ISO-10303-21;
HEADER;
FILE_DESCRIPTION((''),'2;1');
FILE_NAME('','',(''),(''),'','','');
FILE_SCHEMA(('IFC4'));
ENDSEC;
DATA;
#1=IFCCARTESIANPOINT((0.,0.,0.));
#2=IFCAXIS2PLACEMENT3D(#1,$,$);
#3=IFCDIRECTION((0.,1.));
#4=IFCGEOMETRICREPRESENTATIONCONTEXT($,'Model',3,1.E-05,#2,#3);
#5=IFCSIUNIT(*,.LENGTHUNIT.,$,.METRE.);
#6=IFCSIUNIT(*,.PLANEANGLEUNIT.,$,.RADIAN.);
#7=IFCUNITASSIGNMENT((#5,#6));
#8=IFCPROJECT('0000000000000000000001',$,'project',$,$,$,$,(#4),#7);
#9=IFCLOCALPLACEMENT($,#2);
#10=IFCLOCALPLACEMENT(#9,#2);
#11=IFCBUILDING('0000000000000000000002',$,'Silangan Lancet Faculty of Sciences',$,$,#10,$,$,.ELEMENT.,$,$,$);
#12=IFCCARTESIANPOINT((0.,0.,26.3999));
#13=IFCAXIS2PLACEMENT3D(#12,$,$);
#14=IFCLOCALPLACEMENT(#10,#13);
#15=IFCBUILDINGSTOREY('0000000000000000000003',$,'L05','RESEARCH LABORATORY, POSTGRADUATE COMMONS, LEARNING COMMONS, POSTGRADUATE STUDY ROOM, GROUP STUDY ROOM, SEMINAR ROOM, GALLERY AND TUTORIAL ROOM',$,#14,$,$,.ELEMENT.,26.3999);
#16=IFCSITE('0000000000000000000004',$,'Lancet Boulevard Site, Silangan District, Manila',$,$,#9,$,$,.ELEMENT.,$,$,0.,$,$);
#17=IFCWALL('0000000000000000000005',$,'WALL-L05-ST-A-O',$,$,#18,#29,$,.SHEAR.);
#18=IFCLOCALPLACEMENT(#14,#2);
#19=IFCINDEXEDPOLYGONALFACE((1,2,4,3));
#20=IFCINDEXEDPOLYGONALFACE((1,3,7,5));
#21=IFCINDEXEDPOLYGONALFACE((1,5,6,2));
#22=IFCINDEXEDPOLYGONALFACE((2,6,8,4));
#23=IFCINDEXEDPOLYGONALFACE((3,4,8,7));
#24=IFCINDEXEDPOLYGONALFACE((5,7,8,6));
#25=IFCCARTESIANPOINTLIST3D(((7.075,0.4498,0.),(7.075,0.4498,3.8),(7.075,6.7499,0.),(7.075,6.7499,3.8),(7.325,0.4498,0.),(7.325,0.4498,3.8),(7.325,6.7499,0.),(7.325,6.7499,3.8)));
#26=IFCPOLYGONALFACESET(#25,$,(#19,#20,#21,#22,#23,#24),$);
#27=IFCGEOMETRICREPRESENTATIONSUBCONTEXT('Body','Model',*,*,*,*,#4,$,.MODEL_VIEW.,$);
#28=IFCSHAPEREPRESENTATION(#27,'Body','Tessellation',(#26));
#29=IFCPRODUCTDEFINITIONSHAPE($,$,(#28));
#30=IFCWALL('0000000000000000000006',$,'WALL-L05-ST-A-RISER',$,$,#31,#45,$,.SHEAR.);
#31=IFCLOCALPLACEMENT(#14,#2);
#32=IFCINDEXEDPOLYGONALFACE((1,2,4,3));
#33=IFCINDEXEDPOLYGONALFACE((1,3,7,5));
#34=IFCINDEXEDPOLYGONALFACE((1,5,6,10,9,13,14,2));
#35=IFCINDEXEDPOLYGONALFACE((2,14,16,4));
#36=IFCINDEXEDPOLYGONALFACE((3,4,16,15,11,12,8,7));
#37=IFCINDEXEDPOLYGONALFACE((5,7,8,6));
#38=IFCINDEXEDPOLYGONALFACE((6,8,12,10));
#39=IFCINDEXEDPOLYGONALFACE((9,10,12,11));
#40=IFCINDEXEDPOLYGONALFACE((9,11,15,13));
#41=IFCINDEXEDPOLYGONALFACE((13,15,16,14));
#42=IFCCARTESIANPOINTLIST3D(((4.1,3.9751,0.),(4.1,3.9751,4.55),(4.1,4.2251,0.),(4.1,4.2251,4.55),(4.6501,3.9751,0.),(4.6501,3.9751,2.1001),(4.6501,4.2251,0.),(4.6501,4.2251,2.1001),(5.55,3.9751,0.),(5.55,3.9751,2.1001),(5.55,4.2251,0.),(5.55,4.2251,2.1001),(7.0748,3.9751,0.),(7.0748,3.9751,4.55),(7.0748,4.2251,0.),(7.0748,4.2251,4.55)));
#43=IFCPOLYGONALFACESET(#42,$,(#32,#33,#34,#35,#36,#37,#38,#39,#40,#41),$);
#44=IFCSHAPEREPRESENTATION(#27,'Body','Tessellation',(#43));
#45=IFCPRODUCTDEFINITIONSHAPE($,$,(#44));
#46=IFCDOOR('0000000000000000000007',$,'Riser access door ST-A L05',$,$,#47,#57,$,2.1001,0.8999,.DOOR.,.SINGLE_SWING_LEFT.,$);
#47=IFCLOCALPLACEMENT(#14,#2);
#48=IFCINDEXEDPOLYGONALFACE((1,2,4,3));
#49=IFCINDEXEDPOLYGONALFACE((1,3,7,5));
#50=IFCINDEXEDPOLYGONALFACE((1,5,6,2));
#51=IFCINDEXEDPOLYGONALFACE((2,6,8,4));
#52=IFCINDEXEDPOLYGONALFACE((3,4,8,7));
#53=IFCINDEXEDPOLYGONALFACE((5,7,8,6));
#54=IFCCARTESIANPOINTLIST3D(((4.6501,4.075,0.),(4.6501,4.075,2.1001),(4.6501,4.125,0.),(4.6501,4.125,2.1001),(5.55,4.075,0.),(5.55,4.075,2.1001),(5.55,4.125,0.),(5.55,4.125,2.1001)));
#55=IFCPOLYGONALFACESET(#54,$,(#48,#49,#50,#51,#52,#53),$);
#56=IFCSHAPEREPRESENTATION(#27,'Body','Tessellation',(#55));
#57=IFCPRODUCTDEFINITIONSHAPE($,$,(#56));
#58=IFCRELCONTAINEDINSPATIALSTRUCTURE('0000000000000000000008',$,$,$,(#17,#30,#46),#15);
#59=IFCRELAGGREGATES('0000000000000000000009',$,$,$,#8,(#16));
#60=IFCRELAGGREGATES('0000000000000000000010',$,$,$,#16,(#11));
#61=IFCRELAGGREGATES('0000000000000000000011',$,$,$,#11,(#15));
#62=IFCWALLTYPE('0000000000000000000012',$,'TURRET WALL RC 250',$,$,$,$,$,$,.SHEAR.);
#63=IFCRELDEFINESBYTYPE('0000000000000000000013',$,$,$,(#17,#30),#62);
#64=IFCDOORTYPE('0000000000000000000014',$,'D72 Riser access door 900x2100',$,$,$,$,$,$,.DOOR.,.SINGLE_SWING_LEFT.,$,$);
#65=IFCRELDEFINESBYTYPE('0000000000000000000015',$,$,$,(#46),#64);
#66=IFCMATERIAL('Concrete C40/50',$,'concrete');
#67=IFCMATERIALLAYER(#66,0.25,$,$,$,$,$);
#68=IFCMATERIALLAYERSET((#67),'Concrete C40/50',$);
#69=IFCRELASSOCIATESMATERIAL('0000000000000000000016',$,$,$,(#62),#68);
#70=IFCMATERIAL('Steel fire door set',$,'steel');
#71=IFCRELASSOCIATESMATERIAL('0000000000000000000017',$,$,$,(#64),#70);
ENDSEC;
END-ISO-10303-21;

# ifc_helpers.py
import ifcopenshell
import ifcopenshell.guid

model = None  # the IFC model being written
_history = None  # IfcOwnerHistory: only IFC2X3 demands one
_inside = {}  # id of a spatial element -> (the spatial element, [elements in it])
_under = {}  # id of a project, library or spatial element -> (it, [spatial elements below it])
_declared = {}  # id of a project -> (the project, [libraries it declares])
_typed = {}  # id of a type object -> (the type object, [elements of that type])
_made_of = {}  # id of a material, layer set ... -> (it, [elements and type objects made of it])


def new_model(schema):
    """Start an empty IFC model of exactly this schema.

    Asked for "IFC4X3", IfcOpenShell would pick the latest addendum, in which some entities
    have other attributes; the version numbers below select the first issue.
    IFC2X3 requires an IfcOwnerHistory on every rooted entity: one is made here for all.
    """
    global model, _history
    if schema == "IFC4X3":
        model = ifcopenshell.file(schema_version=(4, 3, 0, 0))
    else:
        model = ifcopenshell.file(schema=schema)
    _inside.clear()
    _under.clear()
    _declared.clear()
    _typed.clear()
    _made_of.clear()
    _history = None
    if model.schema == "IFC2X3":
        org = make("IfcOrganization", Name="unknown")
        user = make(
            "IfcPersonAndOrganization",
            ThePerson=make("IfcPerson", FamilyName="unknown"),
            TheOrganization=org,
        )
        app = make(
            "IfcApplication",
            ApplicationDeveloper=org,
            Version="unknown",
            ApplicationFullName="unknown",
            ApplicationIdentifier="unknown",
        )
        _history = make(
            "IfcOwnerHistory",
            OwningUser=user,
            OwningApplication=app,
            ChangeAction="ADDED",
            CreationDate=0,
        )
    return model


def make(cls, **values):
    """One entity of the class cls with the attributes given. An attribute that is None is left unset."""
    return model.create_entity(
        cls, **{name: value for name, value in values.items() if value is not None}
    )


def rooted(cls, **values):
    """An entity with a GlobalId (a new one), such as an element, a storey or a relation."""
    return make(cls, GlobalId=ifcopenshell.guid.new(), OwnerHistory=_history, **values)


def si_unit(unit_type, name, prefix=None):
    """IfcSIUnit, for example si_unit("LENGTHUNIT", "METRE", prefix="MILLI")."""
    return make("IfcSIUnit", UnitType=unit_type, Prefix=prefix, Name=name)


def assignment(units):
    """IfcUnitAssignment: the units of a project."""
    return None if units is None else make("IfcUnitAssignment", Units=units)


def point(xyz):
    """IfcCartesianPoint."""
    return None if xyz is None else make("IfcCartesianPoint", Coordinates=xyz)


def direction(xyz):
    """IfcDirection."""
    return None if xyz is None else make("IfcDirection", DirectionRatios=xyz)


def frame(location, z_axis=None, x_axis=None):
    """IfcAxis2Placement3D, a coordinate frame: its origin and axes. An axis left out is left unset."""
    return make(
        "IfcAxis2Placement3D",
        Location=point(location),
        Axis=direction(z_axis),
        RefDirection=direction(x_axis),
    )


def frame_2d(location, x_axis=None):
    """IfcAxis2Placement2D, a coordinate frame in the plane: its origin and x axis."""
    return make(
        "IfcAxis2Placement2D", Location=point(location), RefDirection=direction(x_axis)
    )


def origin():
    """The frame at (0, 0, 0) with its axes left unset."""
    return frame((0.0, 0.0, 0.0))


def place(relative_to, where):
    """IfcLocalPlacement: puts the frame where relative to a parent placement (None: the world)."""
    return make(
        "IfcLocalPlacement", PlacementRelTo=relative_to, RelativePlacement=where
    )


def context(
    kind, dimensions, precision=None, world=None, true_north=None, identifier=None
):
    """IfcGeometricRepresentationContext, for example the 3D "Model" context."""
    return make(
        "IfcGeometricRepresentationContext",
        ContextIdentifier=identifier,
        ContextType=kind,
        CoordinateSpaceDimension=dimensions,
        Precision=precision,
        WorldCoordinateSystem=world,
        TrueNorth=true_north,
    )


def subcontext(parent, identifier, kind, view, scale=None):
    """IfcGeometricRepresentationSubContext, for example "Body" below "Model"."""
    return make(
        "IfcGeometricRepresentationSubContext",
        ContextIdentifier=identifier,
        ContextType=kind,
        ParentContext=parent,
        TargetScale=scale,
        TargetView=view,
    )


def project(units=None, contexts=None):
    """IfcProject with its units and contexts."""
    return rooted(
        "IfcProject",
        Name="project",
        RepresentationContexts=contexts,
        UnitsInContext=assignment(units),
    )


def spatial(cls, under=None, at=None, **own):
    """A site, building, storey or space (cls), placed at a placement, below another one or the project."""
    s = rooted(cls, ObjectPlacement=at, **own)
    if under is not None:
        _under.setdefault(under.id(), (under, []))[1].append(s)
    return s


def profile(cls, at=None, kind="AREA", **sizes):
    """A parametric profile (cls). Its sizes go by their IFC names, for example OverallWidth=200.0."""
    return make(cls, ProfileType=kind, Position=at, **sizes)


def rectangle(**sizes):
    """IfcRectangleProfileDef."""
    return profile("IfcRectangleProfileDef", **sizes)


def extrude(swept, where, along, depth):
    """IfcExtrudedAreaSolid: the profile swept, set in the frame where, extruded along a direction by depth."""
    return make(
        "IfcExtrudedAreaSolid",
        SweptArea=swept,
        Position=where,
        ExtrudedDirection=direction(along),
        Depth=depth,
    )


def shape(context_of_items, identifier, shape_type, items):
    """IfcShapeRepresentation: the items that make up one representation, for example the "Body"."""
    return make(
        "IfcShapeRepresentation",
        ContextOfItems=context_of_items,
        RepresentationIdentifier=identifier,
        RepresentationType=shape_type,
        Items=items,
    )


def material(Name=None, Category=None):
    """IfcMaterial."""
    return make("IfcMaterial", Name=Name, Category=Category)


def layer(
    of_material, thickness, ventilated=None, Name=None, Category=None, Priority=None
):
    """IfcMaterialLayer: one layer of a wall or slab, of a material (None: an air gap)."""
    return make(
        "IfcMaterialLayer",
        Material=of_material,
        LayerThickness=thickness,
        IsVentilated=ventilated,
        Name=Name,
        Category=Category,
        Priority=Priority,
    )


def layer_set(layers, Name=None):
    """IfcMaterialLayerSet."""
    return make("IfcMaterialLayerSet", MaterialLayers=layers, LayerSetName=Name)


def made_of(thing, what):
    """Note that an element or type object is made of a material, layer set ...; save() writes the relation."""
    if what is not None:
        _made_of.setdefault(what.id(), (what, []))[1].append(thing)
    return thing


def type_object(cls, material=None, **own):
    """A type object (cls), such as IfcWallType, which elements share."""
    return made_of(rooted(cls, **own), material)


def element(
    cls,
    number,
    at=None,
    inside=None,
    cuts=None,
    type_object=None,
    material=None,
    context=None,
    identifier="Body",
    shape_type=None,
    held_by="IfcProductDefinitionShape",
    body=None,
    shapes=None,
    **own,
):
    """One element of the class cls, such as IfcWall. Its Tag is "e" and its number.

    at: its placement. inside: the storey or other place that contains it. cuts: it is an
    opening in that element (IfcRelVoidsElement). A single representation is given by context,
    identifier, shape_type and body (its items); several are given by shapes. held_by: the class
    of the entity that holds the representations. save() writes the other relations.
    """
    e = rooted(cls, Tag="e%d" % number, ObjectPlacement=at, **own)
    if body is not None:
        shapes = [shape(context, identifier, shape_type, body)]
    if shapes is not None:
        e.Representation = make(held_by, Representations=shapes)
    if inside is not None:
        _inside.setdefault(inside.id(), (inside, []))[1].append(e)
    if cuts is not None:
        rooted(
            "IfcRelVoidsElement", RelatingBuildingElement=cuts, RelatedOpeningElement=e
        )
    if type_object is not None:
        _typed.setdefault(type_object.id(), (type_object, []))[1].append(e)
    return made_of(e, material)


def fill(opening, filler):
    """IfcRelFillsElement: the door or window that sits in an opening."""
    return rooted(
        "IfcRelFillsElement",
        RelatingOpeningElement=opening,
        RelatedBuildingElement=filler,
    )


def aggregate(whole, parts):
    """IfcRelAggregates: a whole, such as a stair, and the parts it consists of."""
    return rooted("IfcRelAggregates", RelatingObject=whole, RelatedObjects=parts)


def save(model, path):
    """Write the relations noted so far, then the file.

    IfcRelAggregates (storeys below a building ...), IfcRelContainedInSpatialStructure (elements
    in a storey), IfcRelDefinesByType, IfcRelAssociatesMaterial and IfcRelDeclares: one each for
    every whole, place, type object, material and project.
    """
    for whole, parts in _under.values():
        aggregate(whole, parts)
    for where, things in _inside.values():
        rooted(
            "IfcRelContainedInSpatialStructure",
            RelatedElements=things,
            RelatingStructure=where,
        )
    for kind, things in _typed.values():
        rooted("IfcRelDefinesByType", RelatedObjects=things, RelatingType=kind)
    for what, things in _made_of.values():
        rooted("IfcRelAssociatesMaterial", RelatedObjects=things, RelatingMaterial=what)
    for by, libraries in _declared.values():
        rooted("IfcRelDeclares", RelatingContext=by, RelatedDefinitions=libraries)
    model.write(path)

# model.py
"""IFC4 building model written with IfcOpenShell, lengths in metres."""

from ifc_helpers import new_model, si_unit, direction, frame, frame_2d, origin, place, context, subcontext, project, spatial, rectangle, extrude, material, layer, layer_set, type_object, element, fill, save


model = new_model("IFC4")

# Units and contexts
model_context = context("Model", 3, precision=1e-05, world=origin(), true_north=direction((0.0, 1.0)))
body_context = subcontext(model_context, "Body", "Model", "MODEL_VIEW")
ifc_project = project(units=[si_unit("LENGTHUNIT", "METRE"), si_unit("PLANEANGLEUNIT", "RADIAN")], contexts=[model_context])

# Site, building, storey
site_placement = place(None, origin())
site = spatial("IfcSite", under=ifc_project, at=site_placement, Name="Lancet Boulevard Site, Silangan District, Manila", CompositionType="ELEMENT", RefElevation=0.0)
building_placement = place(site_placement, origin())
building = spatial("IfcBuilding", under=site, at=building_placement, Name="Silangan Lancet Faculty of Sciences", CompositionType="ELEMENT")
storey_placement = place(building_placement, frame((0.0, 0.0, 26.3999)))
storey = spatial("IfcBuildingStorey", under=building, at=storey_placement, Name="L05", Description="RESEARCH LABORATORY, POSTGRADUATE COMMONS, LEARNING COMMONS, POSTGRADUATE STUDY ROOM, GROUP STUDY ROOM, SEMINAR ROOM, GALLERY AND TUTORIAL ROOM", CompositionType="ELEMENT", Elevation=26.3999)

# Wall
ifc_material_1 = material(Name="Concrete C40/50", Category="concrete")
ifc_layer_1 = layer(ifc_material_1, 0.25)
ifc_layer_set_1 = layer_set([ifc_layer_1], Name="Concrete C40/50")
wall_type_1 = type_object("IfcWallType", Name="TURRET WALL RC 250", PredefinedType="SHEAR", material=ifc_layer_set_1)
wall_1_placement = place(storey_placement, frame((7.2, 0.45, 0.0), z_axis=(0.0, 0.0, 1.0), x_axis=(0.0, 1.0, 0.0)))
element("IfcWall", 1, at=wall_1_placement, inside=storey, type_object=wall_type_1, Name="WALL-L05-ST-A-O", PredefinedType="SHEAR", context=body_context, shape_type="SweptSolid", body=[
    extrude(rectangle(XDim=6.3, YDim=0.25, at=frame_2d((3.1499, 0.0))), origin(), (0.0, 0.0, 1.0), 3.8),
])

# Wall, opening, door
wall_2_placement = place(storey_placement, frame((4.1001, 4.1001, 0.0), z_axis=(0.0, 0.0, 1.0), x_axis=(1.0, 0.0, 0.0)))
wall_2 = element("IfcWall", 2, at=wall_2_placement, inside=storey, type_object=wall_type_1, Name="WALL-L05-ST-A-RISER", PredefinedType="SHEAR", context=body_context, shape_type="SweptSolid", body=[
    extrude(rectangle(XDim=2.9749, YDim=0.25, at=frame_2d((1.4873, 0.0))), origin(), (0.0, 0.0, 1.0), 4.55),
])
opening_1_placement = place(wall_2_placement, frame((0.55, 0.0, 0.0)))
opening_1 = element("IfcOpeningElement", 3, at=opening_1_placement, cuts=wall_2, PredefinedType="OPENING", context=body_context, shape_type="SweptSolid", body=[
    extrude(rectangle(XDim=0.8999, YDim=2.1001, at=frame_2d((0.45, 1.05))), frame((0.0, 0.135, 0.0), z_axis=(0.0, -1.0, 0.0), x_axis=(1.0, 0.0, 0.0)), (0.0, 0.0, 1.0), 0.27),
])
ifc_material_2 = material(Name="Steel fire door set", Category="steel")
door_type_1 = type_object("IfcDoorType", Name="D72 Riser access door 900x2100", OperationType="SINGLE_SWING_LEFT", PredefinedType="DOOR", material=ifc_material_2)
door_1_placement = place(opening_1_placement, frame((0.8999, 0.0, 0.0), z_axis=(0.0, 0.0, 1.0), x_axis=(-1.0, 0.0, 0.0)))
door_1 = element("IfcDoor", 4, at=door_1_placement, inside=storey, type_object=door_type_1, Name="Riser access door ST-A L05", OperationType="SINGLE_SWING_LEFT", OverallHeight=2.1001, OverallWidth=0.8999, PredefinedType="DOOR", context=body_context, shape_type="SweptSolid", body=[
    extrude(rectangle(XDim=0.8999, YDim=2.1001, at=frame_2d((0.45, 1.05))), frame((0.0, 0.0251, 0.0), z_axis=(0.0, -1.0, 0.0), x_axis=(1.0, 0.0, 0.0)), (0.0, 0.0, 1.0), 0.05),
])
fill(opening_1, door_1)

save(model, "model.ifc")
